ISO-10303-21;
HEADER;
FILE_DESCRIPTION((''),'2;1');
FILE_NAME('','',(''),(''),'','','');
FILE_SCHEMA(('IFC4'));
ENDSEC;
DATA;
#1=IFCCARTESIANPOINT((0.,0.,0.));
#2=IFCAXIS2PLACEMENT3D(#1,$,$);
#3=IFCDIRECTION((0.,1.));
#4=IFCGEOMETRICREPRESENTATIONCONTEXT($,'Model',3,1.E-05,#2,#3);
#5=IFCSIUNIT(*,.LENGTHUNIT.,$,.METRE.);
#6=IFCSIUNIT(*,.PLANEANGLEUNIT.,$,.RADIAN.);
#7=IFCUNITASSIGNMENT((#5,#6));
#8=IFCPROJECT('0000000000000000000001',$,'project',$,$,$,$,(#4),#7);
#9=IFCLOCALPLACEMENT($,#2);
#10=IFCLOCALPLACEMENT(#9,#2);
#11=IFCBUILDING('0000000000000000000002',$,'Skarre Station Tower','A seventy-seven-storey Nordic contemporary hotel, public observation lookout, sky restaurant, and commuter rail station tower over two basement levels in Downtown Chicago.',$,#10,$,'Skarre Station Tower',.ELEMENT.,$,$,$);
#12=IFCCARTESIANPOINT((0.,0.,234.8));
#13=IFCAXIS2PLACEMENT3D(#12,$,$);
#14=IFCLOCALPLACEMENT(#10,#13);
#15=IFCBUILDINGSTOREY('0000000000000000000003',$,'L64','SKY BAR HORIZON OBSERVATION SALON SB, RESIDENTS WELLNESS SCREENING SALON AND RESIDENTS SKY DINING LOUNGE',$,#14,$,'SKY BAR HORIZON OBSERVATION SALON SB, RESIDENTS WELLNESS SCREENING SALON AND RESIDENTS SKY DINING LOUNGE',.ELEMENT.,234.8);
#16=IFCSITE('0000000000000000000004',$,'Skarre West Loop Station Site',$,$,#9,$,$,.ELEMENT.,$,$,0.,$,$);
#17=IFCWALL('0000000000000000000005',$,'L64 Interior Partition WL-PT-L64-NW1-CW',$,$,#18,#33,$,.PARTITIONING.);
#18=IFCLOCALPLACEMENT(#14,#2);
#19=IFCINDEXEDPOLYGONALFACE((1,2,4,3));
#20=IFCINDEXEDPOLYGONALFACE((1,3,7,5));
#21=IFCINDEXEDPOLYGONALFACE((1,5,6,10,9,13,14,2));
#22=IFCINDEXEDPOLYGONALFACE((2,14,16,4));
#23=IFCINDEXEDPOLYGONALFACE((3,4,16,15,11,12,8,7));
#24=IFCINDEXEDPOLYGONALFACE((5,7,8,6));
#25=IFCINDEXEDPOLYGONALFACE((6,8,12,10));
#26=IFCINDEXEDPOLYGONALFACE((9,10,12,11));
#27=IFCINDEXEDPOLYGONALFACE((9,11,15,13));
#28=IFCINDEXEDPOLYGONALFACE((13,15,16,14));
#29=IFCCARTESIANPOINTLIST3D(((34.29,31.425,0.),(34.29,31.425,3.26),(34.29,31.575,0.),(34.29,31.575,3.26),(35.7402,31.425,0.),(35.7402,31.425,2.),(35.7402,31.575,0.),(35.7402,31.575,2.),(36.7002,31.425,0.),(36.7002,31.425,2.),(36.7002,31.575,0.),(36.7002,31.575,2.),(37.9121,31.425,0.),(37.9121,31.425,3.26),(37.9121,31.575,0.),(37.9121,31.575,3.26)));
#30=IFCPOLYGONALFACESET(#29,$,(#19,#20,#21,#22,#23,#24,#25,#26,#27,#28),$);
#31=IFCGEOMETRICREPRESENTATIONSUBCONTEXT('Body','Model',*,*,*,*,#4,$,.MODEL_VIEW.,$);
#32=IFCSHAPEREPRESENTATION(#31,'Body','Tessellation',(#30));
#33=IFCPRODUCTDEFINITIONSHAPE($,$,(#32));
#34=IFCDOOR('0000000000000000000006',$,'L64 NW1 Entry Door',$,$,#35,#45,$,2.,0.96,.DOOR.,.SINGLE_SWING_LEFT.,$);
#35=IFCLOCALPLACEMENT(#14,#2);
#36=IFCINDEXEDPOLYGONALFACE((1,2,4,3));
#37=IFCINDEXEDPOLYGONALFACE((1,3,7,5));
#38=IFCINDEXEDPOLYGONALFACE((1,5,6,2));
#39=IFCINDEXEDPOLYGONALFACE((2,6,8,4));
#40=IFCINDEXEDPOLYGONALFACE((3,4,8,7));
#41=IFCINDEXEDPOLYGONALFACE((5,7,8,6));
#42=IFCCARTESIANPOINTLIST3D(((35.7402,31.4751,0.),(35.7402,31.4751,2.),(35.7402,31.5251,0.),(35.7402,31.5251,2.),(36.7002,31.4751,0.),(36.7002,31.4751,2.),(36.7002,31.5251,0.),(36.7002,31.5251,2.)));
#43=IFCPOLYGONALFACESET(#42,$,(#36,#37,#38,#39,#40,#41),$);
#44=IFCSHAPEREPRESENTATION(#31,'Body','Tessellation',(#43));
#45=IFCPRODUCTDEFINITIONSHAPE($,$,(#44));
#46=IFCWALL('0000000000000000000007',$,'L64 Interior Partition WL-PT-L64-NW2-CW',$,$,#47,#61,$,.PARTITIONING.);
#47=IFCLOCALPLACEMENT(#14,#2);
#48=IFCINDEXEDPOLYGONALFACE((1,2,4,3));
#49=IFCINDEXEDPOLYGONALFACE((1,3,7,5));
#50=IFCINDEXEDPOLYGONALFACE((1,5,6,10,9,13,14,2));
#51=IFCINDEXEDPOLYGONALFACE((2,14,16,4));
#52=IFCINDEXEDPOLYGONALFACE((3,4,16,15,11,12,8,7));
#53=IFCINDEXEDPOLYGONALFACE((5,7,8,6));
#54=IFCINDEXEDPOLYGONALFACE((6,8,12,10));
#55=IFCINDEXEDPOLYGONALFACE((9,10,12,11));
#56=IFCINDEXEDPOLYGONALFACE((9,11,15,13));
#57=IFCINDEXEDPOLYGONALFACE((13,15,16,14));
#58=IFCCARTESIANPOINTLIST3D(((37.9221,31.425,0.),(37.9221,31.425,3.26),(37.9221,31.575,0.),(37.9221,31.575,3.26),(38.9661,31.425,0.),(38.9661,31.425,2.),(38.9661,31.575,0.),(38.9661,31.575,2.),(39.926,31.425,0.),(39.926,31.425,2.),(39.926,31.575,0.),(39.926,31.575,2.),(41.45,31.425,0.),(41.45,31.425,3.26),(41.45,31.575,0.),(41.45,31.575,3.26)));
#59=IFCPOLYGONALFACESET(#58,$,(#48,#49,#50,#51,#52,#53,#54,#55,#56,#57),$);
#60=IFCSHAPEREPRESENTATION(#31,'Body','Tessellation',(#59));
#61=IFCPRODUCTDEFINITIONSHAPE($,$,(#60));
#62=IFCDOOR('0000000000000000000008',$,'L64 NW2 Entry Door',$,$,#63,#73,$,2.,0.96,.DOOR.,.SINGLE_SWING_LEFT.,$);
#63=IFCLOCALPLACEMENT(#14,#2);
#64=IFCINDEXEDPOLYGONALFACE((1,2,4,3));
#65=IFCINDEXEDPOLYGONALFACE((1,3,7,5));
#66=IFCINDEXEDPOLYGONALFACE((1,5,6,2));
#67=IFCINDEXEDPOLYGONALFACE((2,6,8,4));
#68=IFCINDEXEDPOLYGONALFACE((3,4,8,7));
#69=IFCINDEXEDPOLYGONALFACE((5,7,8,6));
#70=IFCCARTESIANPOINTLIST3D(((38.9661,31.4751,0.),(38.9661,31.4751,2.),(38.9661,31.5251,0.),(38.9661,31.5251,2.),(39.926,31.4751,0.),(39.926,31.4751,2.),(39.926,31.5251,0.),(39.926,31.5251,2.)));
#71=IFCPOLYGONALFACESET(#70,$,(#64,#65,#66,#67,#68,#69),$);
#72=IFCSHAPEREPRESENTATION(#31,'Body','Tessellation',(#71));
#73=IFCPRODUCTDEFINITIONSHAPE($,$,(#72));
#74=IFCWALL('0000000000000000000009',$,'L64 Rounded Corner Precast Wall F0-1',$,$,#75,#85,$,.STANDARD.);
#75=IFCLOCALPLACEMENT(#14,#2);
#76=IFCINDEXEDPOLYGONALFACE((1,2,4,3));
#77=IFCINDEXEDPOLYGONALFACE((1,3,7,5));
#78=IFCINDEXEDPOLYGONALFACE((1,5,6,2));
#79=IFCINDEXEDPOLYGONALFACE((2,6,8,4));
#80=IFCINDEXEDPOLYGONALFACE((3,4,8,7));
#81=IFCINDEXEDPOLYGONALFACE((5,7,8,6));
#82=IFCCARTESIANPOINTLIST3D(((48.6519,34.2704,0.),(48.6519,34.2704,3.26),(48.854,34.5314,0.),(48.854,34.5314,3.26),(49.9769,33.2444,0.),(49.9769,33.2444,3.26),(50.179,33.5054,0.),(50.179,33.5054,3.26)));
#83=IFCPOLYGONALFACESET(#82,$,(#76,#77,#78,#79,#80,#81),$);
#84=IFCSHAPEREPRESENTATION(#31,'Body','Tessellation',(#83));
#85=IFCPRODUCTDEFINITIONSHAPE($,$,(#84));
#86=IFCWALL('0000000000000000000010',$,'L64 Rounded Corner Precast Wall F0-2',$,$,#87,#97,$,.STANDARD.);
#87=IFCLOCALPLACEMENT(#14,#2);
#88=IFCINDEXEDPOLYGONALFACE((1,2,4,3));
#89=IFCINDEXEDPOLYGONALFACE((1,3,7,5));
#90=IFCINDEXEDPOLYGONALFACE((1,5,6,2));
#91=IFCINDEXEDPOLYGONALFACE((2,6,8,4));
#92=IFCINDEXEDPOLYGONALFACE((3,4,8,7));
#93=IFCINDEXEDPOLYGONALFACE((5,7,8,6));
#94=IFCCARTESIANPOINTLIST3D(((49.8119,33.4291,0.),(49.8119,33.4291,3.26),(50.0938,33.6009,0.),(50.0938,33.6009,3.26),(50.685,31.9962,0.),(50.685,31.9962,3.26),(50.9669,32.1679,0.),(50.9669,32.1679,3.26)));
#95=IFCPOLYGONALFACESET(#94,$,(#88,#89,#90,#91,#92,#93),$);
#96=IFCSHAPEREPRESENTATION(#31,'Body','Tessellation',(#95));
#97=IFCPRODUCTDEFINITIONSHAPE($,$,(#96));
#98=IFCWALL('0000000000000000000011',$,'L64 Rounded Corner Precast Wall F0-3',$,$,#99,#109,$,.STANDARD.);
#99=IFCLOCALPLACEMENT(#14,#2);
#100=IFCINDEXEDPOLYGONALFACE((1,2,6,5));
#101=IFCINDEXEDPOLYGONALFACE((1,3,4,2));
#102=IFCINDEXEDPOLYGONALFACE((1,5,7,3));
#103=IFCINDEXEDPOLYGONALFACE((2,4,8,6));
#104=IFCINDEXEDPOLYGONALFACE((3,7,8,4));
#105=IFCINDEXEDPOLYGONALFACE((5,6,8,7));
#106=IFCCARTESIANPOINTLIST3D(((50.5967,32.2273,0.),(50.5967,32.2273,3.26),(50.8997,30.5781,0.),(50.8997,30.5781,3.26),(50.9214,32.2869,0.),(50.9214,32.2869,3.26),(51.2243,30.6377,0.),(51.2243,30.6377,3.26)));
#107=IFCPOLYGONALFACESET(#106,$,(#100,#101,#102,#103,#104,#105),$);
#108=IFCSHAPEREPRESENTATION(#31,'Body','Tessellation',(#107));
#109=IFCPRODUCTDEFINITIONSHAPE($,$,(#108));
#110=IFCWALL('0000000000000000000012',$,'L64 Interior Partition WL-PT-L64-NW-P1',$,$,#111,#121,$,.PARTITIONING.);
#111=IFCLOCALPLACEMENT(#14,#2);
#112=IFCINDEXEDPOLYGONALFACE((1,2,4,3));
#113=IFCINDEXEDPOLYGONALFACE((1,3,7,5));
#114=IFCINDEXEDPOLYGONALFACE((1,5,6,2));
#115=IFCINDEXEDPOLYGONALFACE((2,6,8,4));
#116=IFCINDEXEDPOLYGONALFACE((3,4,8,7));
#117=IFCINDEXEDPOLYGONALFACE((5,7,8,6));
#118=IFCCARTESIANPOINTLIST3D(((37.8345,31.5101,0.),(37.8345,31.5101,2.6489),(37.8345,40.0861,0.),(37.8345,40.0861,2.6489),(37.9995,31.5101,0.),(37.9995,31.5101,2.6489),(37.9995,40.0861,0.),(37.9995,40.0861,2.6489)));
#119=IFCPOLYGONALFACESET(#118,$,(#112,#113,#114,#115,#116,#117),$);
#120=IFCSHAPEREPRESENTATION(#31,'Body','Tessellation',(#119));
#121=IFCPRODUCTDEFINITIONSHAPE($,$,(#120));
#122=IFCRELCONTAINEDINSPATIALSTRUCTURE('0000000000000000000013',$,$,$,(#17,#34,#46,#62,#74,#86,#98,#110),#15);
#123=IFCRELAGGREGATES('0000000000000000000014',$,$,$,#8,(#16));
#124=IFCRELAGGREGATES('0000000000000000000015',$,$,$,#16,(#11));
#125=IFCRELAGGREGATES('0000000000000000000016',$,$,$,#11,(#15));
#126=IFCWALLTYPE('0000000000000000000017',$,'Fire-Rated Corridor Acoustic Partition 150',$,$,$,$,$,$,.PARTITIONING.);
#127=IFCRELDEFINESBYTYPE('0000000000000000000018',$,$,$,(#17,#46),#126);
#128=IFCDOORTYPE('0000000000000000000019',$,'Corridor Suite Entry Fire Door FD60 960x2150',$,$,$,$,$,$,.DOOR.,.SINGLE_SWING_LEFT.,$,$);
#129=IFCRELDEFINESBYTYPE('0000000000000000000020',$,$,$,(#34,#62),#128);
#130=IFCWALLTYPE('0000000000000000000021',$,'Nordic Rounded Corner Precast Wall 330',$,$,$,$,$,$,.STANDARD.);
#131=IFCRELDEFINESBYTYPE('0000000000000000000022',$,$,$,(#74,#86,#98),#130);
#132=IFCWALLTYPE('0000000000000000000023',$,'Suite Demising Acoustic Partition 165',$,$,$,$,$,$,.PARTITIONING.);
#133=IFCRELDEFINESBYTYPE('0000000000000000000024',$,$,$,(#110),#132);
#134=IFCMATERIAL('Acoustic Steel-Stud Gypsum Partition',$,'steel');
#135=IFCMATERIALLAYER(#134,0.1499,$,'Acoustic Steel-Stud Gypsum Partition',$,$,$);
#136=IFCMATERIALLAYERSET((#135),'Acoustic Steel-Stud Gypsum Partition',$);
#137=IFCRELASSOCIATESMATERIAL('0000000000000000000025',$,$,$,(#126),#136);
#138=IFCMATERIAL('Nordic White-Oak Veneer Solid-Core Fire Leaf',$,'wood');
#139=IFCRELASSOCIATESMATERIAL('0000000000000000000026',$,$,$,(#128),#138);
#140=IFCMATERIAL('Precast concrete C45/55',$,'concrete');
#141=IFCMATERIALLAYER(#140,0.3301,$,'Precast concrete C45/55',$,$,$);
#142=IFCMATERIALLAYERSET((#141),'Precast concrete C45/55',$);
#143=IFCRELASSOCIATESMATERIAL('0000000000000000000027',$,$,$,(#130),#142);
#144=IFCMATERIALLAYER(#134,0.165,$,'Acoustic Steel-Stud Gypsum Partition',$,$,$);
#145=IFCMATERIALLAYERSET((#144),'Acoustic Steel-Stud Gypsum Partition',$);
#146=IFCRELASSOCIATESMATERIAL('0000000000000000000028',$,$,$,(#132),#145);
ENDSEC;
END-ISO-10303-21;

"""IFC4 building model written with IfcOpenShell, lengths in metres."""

from ifc_helpers import new_model, si_unit, direction, frame, frame_2d, origin, place, context, subcontext, project, spatial, rectangle, extrude, material, layer, layer_set, type_object, element, fill, save


model = new_model("IFC4")

# Units and contexts
model_context = context("Model", 3, precision=1e-05, world=origin(), true_north=direction((0.0, 1.0)))
body_context = subcontext(model_context, "Body", "Model", "MODEL_VIEW")
ifc_project = project(units=[si_unit("LENGTHUNIT", "METRE"), si_unit("PLANEANGLEUNIT", "RADIAN")], contexts=[model_context])

# Site, building, storey
site_placement = place(None, origin())
site = spatial("IfcSite", under=ifc_project, at=site_placement, Name="Skarre West Loop Station Site", CompositionType="ELEMENT", RefElevation=0.0)
building_placement = place(site_placement, origin())
building = spatial("IfcBuilding", under=site, at=building_placement, Name="Skarre Station Tower", Description="A seventy-seven-storey Nordic contemporary hotel, public observation lookout, sky restaurant, and commuter rail station tower over two basement levels in Downtown Chicago.", LongName="Skarre Station Tower", CompositionType="ELEMENT")
storey_placement = place(building_placement, frame((0.0, 0.0, 234.8)))
storey = spatial("IfcBuildingStorey", under=building, at=storey_placement, Name="L64", Description="SKY BAR HORIZON OBSERVATION SALON SB, RESIDENTS WELLNESS SCREENING SALON AND RESIDENTS SKY DINING LOUNGE", LongName="SKY BAR HORIZON OBSERVATION SALON SB, RESIDENTS WELLNESS SCREENING SALON AND RESIDENTS SKY DINING LOUNGE", CompositionType="ELEMENT", Elevation=234.8)

# Walls, openings, doors
ifc_material_1 = material(Name="Acoustic Steel-Stud Gypsum Partition", Category="steel")
ifc_layer_1 = layer(ifc_material_1, 0.1499, Name="Acoustic Steel-Stud Gypsum Partition")
ifc_layer_set_1 = layer_set([ifc_layer_1], Name="Acoustic Steel-Stud Gypsum Partition")
wall_type_1 = type_object("IfcWallType", Name="Fire-Rated Corridor Acoustic Partition 150", PredefinedType="PARTITIONING", material=ifc_layer_set_1)
wall_1_placement = place(storey_placement, frame((37.9121, 31.5, 0.0), z_axis=(0.0, 0.0, 1.0), x_axis=(-1.0, 0.0, 0.0)))
wall_1 = element("IfcWall", 1, at=wall_1_placement, inside=storey, type_object=wall_type_1, Name="L64 Interior Partition WL-PT-L64-NW1-CW", PredefinedType="PARTITIONING", context=body_context, shape_type="SweptSolid", body=[
    extrude(rectangle(XDim=3.6221, YDim=0.1499, at=frame_2d((1.811, 0.0))), origin(), (0.0, 0.0, 1.0), 3.26),
])
opening_1_placement = place(wall_1_placement, frame((1.2119, 0.0, 0.0)))
opening_1 = element("IfcOpeningElement", 2, at=opening_1_placement, cuts=wall_1, PredefinedType="OPENING", context=body_context, shape_type="SweptSolid", body=[
    extrude(rectangle(XDim=0.96, YDim=2.0, at=frame_2d((0.48, 1.0))), frame((0.0, 0.085, 0.0), z_axis=(0.0, -1.0, 0.0), x_axis=(1.0, 0.0, 0.0)), (0.0, 0.0, 1.0), 0.1699),
])
ifc_material_2 = material(Name="Nordic White-Oak Veneer Solid-Core Fire Leaf", Category="wood")
door_type = type_object("IfcDoorType", Name="Corridor Suite Entry Fire Door FD60 960x2150", OperationType="SINGLE_SWING_LEFT", PredefinedType="DOOR", material=ifc_material_2)
door_1_placement = place(opening_1_placement, origin())
door_1 = element("IfcDoor", 3, at=door_1_placement, inside=storey, type_object=door_type, Name="L64 NW1 Entry Door", OperationType="SINGLE_SWING_LEFT", OverallHeight=2.0, OverallWidth=0.96, PredefinedType="DOOR", context=body_context, shape_type="SweptSolid", body=[
    extrude(rectangle(XDim=0.96, YDim=2.0, at=frame_2d((0.48, 1.0))), frame((0.0, 0.0249, 0.0), z_axis=(0.0, -1.0, 0.0), x_axis=(1.0, 0.0, 0.0)), (0.0, 0.0, 1.0), 0.05),
])
fill(opening_1, door_1)
wall_2_placement = place(storey_placement, frame((41.45, 31.5, 0.0), z_axis=(0.0, 0.0, 1.0), x_axis=(-1.0, 0.0, 0.0)))
wall_2 = element("IfcWall", 4, at=wall_2_placement, inside=storey, type_object=wall_type_1, Name="L64 Interior Partition WL-PT-L64-NW2-CW", PredefinedType="PARTITIONING", context=body_context, shape_type="SweptSolid", body=[
    extrude(rectangle(XDim=3.5278, YDim=0.1499, at=frame_2d((1.7639, 0.0))), origin(), (0.0, 0.0, 1.0), 3.26),
])
opening_2_placement = place(wall_2_placement, frame((1.5239, 0.0, 0.0)))
opening_2 = element("IfcOpeningElement", 5, at=opening_2_placement, cuts=wall_2, PredefinedType="OPENING", context=body_context, shape_type="SweptSolid", body=[
    extrude(rectangle(XDim=0.96, YDim=2.0, at=frame_2d((0.48, 1.0))), frame((0.0, 0.085, 0.0), z_axis=(0.0, -1.0, 0.0), x_axis=(1.0, 0.0, 0.0)), (0.0, 0.0, 1.0), 0.1699),
])
door_2_placement = place(opening_2_placement, origin())
door_2 = element("IfcDoor", 6, at=door_2_placement, inside=storey, type_object=door_type, Name="L64 NW2 Entry Door", OperationType="SINGLE_SWING_LEFT", OverallHeight=2.0, OverallWidth=0.96, PredefinedType="DOOR", context=body_context, shape_type="SweptSolid", body=[
    extrude(rectangle(XDim=0.96, YDim=2.0, at=frame_2d((0.48, 1.0))), frame((0.0, 0.0249, 0.0), z_axis=(0.0, -1.0, 0.0), x_axis=(1.0, 0.0, 0.0)), (0.0, 0.0, 1.0), 0.05),
])
fill(opening_2, door_2)

# Walls
ifc_material_3 = material(Name="Precast concrete C45/55", Category="concrete")
ifc_layer_2 = layer(ifc_material_3, 0.3301, Name="Precast concrete C45/55")
ifc_layer_set_2 = layer_set([ifc_layer_2], Name="Precast concrete C45/55")
wall_type_2 = type_object("IfcWallType", Name="Nordic Rounded Corner Precast Wall 330", PredefinedType="STANDARD", material=ifc_layer_set_2)
wall_3_placement = place(storey_placement, frame((48.7529, 34.4009, 0.0), z_axis=(0.0, 0.0, 1.0), x_axis=(0.790692, -0.612214, 0.0)))
element("IfcWall", 7, at=wall_3_placement, inside=storey, type_object=wall_type_2, Name="L64 Rounded Corner Precast Wall F0-1", PredefinedType="STANDARD", context=body_context, shape_type="SweptSolid", body=[
    extrude(rectangle(XDim=1.6758, YDim=0.3301, at=frame_2d((0.8379, 0.0))), origin(), (0.0, 0.0, 1.0), 3.26),
])
wall_4_placement = place(storey_placement, frame((49.9529, 33.5149, 0.0), z_axis=(0.0, 0.0, 1.0), x_axis=(0.520325, -0.853968, 0.0)))
element("IfcWall", 8, at=wall_4_placement, inside=storey, type_object=wall_type_2, Name="L64 Rounded Corner Precast Wall F0-2", PredefinedType="STANDARD", context=body_context, shape_type="SweptSolid", body=[
    extrude(rectangle(XDim=1.678, YDim=0.3301, at=frame_2d((0.8389, 0.0))), origin(), (0.0, 0.0, 1.0), 3.26),
])
wall_5_placement = place(storey_placement, frame((50.759, 32.2571, 0.0), z_axis=(0.0, 0.0, 1.0), x_axis=(0.180692, -0.98354, 0.0)))
element("IfcWall", 9, at=wall_5_placement, inside=storey, type_object=wall_type_2, Name="L64 Rounded Corner Precast Wall F0-3", PredefinedType="STANDARD", context=body_context, shape_type="SweptSolid", body=[
    extrude(rectangle(XDim=1.6768, YDim=0.3301, at=frame_2d((0.8384, 0.0))), origin(), (0.0, 0.0, 1.0), 3.26),
])
ifc_layer_3 = layer(ifc_material_1, 0.165, Name="Acoustic Steel-Stud Gypsum Partition")
ifc_layer_set_3 = layer_set([ifc_layer_3], Name="Acoustic Steel-Stud Gypsum Partition")
wall_type_3 = type_object("IfcWallType", Name="Suite Demising Acoustic Partition 165", PredefinedType="PARTITIONING", material=ifc_layer_set_3)
wall_6_placement = place(storey_placement, frame((37.917, 31.51, 0.0), z_axis=(0.0, 0.0, 1.0), x_axis=(0.0, 1.0, 0.0)))
element("IfcWall", 10, at=wall_6_placement, inside=storey, type_object=wall_type_3, Name="L64 Interior Partition WL-PT-L64-NW-P1", PredefinedType="PARTITIONING", context=body_context, shape_type="SweptSolid", body=[
    extrude(rectangle(XDim=8.5759, YDim=0.165, at=frame_2d((4.2881, 0.0))), origin(), (0.0, 0.0, 1.0), 2.6489),
])

save(model, "model.ifc")
